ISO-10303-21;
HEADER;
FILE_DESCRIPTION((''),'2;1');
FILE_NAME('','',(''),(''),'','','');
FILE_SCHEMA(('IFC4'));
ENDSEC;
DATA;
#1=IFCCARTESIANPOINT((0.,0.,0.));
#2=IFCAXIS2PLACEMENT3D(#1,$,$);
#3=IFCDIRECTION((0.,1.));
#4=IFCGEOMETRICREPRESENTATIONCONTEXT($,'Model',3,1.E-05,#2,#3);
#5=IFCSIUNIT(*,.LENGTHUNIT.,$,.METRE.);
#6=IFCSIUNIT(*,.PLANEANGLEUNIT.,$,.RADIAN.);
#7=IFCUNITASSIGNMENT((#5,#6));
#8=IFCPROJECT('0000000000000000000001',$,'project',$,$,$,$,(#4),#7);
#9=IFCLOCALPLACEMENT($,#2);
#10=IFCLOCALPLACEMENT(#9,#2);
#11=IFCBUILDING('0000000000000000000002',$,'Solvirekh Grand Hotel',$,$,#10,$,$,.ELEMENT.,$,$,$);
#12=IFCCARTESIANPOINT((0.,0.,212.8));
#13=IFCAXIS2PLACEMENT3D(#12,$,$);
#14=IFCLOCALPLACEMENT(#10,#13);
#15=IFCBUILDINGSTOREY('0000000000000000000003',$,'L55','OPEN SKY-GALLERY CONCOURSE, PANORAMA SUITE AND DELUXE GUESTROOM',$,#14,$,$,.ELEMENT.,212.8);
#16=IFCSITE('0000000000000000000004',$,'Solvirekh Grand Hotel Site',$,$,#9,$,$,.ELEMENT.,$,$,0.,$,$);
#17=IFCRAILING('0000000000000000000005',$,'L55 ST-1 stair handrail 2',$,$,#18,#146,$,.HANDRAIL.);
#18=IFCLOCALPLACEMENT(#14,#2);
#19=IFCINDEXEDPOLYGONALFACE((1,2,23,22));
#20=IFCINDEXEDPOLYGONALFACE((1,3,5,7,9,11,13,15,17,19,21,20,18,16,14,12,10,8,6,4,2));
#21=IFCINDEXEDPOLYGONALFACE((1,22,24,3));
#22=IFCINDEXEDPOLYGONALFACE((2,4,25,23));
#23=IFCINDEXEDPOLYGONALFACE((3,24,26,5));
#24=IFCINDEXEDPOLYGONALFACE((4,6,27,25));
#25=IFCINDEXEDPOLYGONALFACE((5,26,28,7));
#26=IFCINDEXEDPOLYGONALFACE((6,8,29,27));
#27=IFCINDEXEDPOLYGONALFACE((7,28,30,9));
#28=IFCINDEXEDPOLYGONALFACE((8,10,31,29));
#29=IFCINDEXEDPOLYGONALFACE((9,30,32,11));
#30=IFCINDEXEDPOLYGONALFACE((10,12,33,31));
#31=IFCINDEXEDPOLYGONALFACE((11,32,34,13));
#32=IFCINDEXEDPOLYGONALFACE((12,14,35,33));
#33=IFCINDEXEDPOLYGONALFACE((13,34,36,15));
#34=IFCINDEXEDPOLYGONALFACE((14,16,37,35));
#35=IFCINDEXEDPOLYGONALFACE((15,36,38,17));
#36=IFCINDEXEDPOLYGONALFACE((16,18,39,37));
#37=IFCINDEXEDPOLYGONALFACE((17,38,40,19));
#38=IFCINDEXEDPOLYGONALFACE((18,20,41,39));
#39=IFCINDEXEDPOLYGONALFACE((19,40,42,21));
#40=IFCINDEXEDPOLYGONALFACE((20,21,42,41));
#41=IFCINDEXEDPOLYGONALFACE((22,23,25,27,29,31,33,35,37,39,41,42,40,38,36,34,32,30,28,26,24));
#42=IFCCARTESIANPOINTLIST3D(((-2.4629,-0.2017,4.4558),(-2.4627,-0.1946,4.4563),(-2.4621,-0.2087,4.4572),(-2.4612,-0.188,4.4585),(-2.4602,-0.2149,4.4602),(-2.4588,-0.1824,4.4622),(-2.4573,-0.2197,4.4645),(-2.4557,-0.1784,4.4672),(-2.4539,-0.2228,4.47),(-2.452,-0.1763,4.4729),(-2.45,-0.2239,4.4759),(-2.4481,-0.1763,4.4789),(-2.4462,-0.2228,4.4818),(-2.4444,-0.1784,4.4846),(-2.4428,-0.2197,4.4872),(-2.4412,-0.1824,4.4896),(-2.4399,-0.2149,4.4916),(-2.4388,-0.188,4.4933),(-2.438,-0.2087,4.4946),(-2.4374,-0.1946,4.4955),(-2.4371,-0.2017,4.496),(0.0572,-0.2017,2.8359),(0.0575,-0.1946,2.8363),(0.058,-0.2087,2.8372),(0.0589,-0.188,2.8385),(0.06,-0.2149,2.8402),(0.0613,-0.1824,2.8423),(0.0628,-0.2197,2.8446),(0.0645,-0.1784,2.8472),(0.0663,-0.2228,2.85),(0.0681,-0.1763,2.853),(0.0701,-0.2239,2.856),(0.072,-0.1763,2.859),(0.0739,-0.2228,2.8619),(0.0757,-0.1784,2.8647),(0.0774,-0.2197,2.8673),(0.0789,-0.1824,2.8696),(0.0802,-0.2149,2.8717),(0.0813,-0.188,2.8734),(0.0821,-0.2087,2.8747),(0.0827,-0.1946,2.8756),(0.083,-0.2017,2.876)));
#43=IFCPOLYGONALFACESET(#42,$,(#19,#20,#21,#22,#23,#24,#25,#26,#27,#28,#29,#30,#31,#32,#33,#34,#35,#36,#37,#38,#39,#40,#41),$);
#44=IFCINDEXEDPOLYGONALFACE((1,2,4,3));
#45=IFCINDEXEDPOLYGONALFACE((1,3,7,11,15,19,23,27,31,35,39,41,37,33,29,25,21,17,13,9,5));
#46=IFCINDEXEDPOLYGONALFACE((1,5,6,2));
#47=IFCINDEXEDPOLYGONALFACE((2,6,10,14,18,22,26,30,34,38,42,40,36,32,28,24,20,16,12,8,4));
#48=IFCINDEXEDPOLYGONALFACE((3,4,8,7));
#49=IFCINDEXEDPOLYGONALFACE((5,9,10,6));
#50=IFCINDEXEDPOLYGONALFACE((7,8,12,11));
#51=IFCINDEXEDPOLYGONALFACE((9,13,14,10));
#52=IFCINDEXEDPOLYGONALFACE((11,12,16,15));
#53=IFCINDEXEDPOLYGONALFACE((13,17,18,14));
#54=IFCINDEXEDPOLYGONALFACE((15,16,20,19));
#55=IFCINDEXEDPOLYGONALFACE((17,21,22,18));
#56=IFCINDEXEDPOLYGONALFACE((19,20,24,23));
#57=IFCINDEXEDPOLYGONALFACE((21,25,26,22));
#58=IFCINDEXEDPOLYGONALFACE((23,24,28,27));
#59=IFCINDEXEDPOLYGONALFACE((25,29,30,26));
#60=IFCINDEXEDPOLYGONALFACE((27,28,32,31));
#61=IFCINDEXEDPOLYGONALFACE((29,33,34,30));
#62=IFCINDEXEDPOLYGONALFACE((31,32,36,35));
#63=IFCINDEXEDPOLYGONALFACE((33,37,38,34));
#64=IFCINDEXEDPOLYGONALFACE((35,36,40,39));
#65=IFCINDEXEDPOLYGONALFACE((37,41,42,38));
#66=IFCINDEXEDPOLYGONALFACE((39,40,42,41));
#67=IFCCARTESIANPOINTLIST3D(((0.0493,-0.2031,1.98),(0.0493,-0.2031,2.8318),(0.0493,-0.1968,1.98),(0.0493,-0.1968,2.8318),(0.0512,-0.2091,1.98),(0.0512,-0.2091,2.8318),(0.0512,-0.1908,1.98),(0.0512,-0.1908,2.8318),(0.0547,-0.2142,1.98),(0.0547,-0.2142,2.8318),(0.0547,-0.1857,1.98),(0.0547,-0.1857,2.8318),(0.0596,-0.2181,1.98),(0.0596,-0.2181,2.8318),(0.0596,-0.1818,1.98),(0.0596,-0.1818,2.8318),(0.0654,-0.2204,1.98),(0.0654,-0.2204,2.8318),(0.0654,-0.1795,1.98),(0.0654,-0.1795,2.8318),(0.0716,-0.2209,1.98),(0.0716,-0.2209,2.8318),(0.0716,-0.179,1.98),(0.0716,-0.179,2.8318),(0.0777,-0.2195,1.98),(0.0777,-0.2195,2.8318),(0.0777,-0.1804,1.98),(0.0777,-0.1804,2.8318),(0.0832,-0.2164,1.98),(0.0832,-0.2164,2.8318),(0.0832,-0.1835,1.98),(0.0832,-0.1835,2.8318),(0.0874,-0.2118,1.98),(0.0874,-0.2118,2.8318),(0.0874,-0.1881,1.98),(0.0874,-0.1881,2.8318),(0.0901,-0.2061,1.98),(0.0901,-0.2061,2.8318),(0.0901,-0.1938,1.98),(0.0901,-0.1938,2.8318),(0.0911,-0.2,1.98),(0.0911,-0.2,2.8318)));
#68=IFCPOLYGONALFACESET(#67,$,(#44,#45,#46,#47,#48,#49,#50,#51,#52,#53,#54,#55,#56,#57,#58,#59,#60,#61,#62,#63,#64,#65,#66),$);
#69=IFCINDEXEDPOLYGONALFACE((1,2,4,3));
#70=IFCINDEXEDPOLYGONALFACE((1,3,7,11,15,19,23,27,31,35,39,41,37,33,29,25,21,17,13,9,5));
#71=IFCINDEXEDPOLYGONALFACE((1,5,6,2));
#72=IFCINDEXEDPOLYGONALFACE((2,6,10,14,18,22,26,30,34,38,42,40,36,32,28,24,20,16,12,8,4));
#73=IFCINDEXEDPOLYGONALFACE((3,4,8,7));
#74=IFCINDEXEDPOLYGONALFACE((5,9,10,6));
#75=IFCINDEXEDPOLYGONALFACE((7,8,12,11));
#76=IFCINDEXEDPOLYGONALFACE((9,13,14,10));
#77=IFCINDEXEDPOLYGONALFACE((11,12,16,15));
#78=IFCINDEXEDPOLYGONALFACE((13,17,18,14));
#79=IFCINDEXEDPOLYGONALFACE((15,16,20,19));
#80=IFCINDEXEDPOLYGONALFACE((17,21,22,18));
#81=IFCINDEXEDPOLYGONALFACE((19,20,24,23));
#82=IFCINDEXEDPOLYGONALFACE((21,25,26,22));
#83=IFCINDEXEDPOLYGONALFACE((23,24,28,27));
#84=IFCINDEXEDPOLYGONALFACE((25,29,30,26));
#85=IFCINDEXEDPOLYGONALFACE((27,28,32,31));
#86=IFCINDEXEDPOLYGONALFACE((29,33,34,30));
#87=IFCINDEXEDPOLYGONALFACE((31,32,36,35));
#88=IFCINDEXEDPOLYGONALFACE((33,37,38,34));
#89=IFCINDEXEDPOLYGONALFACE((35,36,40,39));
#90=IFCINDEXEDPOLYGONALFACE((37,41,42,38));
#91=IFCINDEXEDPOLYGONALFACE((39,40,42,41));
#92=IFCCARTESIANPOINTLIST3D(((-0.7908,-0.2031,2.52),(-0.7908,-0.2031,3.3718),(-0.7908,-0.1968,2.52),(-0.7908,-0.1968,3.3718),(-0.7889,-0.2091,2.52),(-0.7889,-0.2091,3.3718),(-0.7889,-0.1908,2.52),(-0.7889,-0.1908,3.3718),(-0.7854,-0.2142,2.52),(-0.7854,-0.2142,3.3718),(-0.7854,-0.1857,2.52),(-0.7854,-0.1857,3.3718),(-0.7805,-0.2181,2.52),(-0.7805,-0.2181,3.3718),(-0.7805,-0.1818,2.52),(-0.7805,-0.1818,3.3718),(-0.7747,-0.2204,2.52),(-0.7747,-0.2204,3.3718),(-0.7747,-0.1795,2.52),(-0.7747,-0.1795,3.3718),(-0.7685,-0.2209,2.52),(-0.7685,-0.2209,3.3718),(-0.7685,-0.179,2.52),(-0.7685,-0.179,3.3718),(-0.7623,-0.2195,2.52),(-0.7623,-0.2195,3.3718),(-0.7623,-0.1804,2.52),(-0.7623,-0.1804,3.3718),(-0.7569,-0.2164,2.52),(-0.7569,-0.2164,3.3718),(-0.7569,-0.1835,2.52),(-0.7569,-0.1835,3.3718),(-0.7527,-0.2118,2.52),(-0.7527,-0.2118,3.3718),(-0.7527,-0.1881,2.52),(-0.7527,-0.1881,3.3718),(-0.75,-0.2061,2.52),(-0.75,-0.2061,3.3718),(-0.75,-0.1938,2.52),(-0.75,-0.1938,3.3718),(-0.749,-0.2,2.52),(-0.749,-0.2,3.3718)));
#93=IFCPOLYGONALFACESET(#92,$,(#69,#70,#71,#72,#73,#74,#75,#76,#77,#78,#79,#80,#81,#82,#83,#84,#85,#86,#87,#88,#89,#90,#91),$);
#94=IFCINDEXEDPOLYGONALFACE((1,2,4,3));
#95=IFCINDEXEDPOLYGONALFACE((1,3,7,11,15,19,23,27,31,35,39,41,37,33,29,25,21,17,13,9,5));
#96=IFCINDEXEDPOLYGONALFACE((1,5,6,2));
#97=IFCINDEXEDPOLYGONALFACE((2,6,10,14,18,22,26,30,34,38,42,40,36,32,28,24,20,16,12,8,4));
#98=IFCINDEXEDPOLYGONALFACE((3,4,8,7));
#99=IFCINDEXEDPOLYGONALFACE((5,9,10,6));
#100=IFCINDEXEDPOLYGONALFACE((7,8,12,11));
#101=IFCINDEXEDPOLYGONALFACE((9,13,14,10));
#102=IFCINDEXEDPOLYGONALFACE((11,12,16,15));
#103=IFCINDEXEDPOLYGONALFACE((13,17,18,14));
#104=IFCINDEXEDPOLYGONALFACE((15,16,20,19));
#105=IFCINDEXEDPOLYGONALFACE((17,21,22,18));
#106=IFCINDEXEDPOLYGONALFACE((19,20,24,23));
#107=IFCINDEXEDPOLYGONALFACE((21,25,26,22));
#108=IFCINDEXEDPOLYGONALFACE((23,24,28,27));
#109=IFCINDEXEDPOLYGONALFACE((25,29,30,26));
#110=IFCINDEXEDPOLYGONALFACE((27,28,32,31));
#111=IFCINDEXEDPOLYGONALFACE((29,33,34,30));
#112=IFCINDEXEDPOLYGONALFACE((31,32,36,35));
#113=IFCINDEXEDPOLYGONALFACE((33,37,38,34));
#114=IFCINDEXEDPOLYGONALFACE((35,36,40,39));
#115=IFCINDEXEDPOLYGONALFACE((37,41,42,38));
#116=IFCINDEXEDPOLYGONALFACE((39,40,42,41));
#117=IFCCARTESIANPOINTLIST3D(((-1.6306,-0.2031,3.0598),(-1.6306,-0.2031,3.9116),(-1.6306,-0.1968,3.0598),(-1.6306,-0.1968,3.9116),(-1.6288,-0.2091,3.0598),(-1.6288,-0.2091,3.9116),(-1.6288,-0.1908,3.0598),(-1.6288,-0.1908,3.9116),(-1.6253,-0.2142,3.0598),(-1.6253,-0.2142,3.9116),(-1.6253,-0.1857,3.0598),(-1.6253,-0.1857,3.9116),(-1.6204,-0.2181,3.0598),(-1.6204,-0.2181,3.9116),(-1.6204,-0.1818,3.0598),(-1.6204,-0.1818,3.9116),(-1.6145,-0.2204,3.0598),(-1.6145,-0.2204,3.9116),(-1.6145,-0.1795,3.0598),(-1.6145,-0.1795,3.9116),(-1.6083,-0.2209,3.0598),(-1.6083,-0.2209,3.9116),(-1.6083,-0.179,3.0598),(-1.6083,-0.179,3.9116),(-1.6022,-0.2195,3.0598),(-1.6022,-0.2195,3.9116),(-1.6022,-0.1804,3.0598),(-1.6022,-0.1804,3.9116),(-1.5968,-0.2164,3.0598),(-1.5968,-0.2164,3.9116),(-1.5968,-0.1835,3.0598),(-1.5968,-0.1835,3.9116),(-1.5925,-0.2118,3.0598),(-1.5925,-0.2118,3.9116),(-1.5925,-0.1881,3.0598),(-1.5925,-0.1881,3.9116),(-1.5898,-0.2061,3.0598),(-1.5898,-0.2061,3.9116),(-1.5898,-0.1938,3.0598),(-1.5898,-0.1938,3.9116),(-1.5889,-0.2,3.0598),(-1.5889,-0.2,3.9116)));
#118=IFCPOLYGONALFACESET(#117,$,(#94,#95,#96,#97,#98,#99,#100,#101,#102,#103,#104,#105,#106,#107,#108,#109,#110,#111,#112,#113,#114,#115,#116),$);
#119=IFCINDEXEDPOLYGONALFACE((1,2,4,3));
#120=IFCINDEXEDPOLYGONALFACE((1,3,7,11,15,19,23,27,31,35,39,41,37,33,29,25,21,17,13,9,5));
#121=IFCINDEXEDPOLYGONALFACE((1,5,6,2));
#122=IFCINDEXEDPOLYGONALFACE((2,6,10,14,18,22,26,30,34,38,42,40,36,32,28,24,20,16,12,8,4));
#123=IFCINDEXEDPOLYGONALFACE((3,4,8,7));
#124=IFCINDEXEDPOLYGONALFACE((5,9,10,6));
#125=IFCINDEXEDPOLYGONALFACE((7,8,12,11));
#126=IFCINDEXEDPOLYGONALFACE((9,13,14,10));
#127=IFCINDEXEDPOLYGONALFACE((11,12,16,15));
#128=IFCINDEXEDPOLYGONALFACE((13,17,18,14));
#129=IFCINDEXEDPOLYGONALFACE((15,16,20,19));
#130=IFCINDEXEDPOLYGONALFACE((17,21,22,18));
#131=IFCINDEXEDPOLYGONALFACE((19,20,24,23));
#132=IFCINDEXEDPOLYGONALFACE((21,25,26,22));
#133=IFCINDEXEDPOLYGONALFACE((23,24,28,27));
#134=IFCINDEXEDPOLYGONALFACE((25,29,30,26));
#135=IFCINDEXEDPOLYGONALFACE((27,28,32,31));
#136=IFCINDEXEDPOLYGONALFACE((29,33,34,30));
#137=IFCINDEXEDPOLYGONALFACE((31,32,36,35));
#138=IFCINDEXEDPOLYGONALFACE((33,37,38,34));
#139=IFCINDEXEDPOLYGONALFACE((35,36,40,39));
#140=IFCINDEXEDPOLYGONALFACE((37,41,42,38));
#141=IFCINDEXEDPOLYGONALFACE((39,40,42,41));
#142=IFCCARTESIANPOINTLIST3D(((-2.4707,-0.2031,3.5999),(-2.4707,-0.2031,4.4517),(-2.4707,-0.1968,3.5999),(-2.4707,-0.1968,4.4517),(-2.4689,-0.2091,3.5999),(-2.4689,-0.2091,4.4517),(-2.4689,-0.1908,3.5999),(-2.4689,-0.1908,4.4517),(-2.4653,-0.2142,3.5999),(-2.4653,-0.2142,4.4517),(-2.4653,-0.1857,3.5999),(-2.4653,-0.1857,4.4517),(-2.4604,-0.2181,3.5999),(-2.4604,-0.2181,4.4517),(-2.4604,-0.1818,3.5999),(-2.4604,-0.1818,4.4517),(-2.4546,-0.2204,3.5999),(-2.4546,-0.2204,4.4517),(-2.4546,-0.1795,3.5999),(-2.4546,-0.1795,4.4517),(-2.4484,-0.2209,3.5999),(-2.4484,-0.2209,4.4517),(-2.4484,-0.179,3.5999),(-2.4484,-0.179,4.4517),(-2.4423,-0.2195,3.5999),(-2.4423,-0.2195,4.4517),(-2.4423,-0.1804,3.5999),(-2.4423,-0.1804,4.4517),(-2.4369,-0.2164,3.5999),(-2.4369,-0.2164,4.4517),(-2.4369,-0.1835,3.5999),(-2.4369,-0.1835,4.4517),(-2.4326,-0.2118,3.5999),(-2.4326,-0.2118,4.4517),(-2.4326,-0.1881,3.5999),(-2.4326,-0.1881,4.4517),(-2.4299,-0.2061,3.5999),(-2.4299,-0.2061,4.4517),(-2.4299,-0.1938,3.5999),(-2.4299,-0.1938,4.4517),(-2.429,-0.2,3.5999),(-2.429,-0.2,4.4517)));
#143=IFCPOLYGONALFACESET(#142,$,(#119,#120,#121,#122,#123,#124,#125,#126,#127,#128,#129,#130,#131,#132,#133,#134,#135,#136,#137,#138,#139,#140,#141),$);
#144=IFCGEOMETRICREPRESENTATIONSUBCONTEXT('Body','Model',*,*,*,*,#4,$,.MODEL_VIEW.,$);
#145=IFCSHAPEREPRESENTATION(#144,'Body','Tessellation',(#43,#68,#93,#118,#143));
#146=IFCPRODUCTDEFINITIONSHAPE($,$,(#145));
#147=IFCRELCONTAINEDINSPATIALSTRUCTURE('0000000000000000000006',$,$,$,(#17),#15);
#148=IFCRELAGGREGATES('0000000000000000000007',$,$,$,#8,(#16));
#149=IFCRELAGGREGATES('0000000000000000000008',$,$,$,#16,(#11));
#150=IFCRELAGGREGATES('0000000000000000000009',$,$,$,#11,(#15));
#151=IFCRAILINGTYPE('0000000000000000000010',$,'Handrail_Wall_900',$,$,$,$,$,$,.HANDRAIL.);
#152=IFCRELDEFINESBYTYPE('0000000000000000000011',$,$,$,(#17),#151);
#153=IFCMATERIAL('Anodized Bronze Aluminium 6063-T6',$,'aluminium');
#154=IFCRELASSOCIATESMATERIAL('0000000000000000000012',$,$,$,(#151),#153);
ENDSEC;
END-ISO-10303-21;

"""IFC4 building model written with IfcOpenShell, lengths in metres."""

from ifc_helpers import new_model, si_unit, direction, frame, origin, origin_2d, place, context, subcontext, project, spatial, circle, extrude, material, type_object, element, save


model = new_model("IFC4")

# Units and contexts
model_context = context("Model", 3, precision=1e-05, world=origin(), true_north=direction((0.0, 1.0)))
body_context = subcontext(model_context, "Body", "Model", "MODEL_VIEW")
ifc_project = project(units=[si_unit("LENGTHUNIT", "METRE"), si_unit("PLANEANGLEUNIT", "RADIAN")], contexts=[model_context])

# Site, building, storey
site_placement = place(None, origin())
site = spatial("IfcSite", under=ifc_project, at=site_placement, Name="Solvirekh Grand Hotel Site", CompositionType="ELEMENT", RefElevation=0.0)
building_placement = place(site_placement, origin())
building = spatial("IfcBuilding", under=site, at=building_placement, Name="Solvirekh Grand Hotel", CompositionType="ELEMENT")
storey_placement = place(building_placement, frame((0.0, 0.0, 212.8)))
storey = spatial("IfcBuildingStorey", under=building, at=storey_placement, Name="L55", Description="OPEN SKY-GALLERY CONCOURSE, PANORAMA SUITE AND DELUXE GUESTROOM", CompositionType="ELEMENT", Elevation=212.8)

# Railing
ifc_material_1 = material(Name="Anodized Bronze Aluminium 6063-T6", Category="aluminium")
railing_type_1 = type_object("IfcRailingType", Name="Handrail_Wall_900", PredefinedType="HANDRAIL", material=ifc_material_1)
railing_1_placement = place(storey_placement, frame((0.0701, -0.2, 1.98)))
element("IfcRailing", 1, at=railing_1_placement, inside=storey, type_object=railing_type_1, Name="L55 ST-1 stair handrail 2", PredefinedType="HANDRAIL", context=body_context, shape_type="SweptSolid", body=[
    extrude(circle(Radius=0.0239, at=origin_2d()), frame((0.0, 0.0, 0.876), z_axis=(-0.8412, 0.0, 0.540725), x_axis=(0.0, -1.0, 0.0)), (0.0, 0.0, 1.0), 2.9958),
    extrude(circle(Radius=0.021, at=origin_2d()), origin(), (0.0, 0.0, 1.0), 0.8518),
    extrude(circle(Radius=0.021, at=origin_2d()), frame((-0.8401, 0.0, 0.54)), (0.0, 0.0, 1.0), 0.8518),
    extrude(circle(Radius=0.021, at=origin_2d()), frame((-1.6799, 0.0, 1.0798)), (0.0, 0.0, 1.0), 0.8518),
    extrude(circle(Radius=0.021, at=origin_2d()), frame((-2.52, 0.0, 1.6199)), (0.0, 0.0, 1.0), 0.8518),
])

save(model, "model.ifc")
